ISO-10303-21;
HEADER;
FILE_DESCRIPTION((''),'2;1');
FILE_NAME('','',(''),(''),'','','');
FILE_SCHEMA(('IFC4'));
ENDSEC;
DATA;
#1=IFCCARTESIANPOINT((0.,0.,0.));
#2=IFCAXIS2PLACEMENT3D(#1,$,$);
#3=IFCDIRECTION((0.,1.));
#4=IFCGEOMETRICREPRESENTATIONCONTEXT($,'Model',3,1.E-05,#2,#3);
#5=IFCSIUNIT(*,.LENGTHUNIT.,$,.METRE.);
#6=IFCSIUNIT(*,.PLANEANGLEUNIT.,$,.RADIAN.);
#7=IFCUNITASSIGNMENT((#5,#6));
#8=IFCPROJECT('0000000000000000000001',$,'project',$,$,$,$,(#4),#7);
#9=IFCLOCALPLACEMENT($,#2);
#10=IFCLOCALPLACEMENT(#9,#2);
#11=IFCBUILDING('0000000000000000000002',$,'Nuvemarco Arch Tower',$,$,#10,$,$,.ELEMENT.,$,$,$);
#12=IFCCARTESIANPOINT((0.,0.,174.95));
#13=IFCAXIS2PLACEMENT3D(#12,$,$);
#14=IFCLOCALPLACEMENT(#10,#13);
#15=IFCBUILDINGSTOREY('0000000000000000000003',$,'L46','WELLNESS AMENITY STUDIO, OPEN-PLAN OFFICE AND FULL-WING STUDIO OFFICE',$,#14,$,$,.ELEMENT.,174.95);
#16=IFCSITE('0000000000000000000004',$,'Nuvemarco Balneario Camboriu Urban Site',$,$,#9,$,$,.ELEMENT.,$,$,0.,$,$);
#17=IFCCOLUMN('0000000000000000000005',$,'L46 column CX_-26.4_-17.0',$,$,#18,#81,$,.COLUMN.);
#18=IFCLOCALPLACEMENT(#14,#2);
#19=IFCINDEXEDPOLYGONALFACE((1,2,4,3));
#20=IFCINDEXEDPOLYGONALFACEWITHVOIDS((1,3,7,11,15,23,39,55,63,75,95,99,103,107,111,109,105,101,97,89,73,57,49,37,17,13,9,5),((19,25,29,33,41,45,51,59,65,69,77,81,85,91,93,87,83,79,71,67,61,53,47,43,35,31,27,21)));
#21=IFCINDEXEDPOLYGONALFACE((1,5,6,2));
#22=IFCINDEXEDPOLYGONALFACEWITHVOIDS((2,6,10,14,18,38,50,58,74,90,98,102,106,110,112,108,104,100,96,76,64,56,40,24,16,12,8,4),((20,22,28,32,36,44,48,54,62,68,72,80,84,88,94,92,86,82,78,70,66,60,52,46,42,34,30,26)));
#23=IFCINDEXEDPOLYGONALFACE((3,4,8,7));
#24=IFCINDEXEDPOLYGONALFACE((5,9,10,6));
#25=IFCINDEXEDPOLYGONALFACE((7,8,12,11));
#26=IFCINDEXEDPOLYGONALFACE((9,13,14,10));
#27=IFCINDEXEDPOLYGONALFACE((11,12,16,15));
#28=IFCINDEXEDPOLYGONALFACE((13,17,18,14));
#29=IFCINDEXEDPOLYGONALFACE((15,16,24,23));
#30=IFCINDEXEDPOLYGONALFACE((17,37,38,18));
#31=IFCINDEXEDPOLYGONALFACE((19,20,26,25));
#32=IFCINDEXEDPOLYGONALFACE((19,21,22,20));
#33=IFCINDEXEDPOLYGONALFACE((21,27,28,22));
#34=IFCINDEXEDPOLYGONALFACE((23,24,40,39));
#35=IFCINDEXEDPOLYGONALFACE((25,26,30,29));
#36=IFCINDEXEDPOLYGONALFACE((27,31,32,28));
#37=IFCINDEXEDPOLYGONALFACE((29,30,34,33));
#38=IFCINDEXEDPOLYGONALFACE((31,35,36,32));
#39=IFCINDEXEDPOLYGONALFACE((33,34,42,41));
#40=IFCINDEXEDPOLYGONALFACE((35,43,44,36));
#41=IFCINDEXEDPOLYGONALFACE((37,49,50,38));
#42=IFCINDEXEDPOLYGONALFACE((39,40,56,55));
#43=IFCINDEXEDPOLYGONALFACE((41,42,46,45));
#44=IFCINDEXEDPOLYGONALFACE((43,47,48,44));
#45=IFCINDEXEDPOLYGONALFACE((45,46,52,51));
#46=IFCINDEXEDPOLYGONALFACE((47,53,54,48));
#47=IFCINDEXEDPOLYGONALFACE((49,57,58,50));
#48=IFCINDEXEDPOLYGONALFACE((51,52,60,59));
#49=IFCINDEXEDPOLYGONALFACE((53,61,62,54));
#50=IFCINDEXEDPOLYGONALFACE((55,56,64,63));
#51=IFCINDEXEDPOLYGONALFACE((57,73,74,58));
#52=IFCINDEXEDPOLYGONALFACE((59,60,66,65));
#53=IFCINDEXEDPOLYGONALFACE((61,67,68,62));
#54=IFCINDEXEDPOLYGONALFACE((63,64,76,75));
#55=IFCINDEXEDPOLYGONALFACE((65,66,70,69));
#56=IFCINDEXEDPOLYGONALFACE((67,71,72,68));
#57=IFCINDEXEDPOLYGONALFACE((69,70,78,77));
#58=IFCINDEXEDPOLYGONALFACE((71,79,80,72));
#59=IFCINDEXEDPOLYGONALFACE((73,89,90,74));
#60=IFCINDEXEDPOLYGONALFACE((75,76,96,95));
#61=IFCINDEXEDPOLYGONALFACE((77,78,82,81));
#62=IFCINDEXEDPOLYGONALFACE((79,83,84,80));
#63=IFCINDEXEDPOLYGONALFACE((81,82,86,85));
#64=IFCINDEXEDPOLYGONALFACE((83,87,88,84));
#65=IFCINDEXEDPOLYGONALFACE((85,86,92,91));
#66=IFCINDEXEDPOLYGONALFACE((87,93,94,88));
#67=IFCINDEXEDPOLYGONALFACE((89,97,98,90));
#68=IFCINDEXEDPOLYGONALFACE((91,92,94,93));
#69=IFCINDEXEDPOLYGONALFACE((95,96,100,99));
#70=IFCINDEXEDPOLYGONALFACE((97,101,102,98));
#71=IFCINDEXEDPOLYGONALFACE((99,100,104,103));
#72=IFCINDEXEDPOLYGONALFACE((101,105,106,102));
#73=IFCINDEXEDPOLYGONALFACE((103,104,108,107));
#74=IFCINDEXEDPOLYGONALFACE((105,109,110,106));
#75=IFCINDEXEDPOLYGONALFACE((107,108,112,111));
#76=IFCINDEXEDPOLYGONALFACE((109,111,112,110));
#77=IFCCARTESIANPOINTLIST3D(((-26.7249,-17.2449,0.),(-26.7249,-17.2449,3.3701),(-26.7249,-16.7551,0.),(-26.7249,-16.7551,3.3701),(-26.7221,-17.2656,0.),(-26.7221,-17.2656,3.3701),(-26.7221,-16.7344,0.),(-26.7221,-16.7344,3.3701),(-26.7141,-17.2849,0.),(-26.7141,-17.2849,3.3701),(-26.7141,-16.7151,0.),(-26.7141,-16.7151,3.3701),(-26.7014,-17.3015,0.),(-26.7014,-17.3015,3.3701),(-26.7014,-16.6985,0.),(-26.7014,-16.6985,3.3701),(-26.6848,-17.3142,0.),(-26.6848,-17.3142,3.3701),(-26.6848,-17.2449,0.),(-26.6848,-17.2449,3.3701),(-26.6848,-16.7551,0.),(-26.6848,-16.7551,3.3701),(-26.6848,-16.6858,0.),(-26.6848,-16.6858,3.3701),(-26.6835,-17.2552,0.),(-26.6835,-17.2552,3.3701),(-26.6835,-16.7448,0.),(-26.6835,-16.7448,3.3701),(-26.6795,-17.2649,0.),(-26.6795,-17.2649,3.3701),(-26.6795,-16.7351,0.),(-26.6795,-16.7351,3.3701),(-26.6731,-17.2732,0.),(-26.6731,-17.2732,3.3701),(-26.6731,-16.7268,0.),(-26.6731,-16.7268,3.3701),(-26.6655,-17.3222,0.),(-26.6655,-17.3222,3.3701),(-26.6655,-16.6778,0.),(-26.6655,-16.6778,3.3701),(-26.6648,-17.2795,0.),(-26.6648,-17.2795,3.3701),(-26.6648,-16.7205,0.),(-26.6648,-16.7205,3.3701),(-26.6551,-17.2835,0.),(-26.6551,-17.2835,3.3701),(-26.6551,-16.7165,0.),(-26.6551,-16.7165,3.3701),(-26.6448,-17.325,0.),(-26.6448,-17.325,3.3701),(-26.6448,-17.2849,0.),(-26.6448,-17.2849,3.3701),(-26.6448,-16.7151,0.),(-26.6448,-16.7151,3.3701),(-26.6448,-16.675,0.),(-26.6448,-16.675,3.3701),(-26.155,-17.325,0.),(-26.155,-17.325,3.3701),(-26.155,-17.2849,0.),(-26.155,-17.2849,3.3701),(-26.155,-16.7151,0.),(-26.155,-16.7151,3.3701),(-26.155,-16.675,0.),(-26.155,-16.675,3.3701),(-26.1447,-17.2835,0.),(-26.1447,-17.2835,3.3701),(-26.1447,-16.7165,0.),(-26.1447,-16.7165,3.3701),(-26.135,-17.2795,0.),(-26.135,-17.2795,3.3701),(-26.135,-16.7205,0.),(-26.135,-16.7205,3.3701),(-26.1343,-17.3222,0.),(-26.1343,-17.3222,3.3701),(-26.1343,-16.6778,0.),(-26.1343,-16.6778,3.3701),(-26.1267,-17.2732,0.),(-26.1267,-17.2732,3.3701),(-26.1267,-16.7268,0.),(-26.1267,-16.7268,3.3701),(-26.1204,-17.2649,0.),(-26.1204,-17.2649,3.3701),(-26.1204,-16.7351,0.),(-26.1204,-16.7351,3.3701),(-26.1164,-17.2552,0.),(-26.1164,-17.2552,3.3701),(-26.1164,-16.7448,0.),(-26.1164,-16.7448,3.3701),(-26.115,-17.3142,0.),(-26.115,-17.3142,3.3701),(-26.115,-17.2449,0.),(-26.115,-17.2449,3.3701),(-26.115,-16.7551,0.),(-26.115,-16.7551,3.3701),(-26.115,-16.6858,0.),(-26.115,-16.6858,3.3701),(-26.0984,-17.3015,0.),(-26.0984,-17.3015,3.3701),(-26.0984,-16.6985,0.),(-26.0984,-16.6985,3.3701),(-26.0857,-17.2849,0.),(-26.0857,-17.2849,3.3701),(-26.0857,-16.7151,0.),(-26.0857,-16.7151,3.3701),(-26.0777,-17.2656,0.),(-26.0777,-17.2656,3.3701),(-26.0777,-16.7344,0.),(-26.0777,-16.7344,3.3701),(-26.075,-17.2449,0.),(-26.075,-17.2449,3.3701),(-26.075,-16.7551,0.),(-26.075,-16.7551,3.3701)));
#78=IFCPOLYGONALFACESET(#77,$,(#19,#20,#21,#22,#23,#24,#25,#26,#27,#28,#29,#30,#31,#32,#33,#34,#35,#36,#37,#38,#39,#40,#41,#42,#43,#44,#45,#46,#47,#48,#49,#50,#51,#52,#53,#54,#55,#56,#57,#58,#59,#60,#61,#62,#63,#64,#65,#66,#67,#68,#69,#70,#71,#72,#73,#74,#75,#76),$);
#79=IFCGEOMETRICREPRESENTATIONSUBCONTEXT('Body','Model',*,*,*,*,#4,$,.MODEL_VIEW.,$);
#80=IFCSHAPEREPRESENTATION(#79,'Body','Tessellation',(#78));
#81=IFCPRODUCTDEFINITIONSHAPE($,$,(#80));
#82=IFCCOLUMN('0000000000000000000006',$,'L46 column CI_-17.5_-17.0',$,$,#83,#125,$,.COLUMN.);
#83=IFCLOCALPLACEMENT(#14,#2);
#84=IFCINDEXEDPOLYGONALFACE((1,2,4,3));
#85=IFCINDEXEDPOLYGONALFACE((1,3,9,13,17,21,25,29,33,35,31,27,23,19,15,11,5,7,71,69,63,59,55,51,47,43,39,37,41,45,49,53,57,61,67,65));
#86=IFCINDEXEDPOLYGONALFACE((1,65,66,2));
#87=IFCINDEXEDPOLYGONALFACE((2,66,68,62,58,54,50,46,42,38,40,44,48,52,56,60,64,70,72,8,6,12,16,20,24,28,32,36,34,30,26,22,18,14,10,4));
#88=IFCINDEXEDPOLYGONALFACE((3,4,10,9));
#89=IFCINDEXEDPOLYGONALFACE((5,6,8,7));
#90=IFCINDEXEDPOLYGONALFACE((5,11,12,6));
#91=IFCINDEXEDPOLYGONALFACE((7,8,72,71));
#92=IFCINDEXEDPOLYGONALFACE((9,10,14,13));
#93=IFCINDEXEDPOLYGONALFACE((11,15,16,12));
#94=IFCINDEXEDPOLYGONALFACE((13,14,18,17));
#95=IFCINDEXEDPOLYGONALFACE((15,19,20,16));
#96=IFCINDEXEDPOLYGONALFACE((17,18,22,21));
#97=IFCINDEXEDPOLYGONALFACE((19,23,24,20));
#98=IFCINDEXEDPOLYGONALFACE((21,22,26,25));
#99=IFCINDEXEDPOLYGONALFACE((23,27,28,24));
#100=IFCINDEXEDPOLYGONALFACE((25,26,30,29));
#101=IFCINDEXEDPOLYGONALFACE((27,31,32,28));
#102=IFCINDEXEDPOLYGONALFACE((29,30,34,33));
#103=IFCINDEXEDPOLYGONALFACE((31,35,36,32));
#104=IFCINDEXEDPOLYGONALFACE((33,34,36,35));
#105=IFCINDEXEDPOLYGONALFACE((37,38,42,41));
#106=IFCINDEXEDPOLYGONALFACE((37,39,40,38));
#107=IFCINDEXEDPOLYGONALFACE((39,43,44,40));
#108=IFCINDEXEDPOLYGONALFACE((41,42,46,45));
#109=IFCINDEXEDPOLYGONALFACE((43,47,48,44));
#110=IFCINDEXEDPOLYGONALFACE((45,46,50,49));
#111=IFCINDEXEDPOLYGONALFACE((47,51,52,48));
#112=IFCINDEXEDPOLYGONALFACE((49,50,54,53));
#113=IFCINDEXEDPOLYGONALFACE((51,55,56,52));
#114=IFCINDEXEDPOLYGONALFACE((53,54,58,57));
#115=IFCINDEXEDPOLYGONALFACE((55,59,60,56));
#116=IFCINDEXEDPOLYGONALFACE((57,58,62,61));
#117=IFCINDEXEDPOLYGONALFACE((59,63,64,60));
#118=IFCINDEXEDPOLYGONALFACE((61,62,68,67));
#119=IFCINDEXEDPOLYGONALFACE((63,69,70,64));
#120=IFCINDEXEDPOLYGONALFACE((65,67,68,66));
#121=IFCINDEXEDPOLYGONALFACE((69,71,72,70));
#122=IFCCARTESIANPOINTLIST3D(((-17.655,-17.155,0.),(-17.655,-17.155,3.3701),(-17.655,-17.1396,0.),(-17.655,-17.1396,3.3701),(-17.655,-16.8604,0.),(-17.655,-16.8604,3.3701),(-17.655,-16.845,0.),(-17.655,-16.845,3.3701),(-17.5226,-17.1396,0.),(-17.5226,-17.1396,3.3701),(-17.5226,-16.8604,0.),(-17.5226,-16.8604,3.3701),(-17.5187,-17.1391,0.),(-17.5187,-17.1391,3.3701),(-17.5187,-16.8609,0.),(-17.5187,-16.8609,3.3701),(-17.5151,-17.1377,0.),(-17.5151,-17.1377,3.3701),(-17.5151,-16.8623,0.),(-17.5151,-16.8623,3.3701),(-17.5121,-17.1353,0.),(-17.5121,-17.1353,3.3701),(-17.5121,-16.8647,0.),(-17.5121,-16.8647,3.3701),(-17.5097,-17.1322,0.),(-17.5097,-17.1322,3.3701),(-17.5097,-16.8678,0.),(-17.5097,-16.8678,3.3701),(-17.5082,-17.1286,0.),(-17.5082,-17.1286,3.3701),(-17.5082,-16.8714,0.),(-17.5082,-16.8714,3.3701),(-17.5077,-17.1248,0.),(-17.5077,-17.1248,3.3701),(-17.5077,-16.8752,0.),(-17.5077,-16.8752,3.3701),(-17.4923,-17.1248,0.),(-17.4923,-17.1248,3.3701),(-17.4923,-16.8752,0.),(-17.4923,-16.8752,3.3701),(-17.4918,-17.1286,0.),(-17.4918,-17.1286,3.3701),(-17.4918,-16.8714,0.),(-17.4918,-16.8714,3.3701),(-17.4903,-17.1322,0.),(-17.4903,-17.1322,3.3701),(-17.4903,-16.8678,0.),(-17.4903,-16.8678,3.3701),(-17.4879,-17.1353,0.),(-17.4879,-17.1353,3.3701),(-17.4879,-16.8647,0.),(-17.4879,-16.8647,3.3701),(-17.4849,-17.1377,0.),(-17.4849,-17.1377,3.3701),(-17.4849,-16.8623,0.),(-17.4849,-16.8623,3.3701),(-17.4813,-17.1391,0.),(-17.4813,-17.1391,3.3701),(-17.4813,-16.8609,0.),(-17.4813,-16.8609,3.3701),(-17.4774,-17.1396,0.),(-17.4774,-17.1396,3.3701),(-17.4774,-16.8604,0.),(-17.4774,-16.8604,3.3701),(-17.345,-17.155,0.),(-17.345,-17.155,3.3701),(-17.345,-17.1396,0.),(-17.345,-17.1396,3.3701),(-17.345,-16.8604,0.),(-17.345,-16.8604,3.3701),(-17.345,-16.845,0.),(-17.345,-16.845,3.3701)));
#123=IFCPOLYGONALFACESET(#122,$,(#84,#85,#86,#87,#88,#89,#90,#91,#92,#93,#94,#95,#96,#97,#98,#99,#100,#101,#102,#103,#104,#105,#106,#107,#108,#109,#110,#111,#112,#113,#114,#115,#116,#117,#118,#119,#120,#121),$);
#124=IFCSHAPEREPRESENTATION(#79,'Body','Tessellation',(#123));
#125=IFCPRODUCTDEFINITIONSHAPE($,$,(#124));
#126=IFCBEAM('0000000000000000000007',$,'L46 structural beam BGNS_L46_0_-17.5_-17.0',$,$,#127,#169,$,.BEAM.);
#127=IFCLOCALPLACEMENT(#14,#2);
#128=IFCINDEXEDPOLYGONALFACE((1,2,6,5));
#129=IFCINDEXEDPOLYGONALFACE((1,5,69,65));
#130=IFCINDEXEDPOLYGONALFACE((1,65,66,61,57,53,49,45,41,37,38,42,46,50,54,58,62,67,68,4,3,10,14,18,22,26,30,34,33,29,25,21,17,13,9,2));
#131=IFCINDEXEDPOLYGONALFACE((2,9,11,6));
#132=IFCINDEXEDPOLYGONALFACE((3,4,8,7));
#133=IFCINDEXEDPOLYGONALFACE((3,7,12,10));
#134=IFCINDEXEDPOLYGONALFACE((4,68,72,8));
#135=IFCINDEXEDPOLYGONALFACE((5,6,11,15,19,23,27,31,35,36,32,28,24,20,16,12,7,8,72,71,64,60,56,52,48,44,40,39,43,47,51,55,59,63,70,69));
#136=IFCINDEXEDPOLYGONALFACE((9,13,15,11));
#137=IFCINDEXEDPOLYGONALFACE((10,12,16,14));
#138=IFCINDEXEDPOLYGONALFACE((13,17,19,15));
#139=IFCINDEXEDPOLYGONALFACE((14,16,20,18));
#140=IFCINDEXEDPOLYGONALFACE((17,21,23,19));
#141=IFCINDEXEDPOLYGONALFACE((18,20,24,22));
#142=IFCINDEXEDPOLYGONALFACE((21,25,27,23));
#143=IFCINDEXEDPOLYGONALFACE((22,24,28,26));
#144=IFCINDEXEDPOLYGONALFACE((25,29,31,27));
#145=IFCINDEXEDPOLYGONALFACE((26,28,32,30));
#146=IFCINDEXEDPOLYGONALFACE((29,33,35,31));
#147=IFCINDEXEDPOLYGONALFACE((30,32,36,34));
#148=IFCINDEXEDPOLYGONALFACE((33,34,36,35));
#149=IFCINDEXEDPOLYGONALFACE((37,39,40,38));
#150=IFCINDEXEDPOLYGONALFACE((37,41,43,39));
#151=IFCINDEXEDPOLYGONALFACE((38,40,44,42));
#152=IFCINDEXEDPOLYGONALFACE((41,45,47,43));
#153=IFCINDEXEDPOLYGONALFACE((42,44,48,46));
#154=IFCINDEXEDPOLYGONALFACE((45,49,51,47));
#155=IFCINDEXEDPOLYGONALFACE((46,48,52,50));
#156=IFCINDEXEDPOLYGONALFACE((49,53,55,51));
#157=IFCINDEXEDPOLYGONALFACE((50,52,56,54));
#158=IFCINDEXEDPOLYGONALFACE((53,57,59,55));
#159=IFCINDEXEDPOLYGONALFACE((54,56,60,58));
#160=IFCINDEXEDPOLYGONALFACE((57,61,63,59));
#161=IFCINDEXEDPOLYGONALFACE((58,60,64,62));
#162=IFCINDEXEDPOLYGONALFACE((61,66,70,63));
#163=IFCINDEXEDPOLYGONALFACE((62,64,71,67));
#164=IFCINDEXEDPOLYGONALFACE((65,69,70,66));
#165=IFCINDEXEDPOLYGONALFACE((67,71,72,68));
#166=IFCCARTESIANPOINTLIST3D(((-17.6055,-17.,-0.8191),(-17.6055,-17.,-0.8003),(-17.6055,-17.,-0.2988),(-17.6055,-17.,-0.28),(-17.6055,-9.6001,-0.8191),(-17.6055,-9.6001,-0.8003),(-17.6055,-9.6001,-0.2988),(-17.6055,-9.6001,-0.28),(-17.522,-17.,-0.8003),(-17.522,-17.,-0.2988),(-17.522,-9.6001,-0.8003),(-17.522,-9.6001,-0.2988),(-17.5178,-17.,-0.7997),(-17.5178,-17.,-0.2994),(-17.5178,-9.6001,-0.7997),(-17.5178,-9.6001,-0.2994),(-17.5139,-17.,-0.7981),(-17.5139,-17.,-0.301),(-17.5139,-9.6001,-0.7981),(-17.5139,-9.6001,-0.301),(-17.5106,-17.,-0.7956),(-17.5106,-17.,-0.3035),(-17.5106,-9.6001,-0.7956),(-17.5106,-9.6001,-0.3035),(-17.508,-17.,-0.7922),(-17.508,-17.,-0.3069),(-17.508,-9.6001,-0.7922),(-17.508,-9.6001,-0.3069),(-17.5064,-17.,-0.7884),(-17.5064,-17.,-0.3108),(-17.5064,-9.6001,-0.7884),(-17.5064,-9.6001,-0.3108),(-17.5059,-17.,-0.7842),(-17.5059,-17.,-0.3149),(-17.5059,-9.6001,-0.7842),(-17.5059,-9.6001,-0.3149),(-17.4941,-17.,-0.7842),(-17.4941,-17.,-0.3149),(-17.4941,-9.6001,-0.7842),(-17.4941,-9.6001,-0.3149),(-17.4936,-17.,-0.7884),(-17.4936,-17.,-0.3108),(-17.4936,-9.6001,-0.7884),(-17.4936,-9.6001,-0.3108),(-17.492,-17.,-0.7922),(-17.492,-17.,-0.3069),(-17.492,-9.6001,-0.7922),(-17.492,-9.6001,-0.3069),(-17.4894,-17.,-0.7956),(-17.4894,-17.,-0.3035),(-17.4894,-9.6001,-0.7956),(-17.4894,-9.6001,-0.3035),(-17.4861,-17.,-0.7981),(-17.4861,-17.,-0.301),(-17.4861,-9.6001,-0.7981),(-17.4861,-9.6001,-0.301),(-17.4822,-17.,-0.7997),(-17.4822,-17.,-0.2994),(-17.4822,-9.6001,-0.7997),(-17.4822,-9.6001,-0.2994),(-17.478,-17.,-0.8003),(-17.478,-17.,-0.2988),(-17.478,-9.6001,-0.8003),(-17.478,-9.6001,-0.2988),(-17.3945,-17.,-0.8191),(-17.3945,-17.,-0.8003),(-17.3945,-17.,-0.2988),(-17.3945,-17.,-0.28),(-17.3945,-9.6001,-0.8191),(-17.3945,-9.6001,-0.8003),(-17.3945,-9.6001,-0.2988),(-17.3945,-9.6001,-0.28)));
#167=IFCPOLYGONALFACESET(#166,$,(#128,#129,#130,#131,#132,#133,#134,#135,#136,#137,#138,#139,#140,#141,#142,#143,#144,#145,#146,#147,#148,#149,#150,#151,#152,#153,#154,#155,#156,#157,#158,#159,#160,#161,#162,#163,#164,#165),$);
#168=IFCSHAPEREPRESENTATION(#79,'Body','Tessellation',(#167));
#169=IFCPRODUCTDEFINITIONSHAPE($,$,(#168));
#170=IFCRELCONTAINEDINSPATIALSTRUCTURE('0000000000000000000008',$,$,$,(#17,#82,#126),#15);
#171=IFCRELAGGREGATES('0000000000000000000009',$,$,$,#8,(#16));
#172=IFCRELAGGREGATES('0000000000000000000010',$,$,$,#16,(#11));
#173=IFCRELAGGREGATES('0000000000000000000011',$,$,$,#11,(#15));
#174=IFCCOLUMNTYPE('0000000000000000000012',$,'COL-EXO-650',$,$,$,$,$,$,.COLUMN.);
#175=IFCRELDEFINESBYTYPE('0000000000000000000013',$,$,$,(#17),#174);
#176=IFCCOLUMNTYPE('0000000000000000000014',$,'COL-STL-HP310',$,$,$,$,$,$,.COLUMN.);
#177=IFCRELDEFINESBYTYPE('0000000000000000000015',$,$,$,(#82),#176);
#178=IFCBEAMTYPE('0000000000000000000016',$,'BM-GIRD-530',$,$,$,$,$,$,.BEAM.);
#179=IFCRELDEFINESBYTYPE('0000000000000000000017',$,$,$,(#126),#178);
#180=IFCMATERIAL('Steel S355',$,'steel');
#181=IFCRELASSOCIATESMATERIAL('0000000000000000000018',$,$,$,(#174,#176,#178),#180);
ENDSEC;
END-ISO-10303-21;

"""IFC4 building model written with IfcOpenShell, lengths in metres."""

from ifc_helpers import new_model, si_unit, direction, frame, origin, origin_2d, place, context, subcontext, project, spatial, hollow_rectangle, i_section, extrude, material, material_profile, profile_set, type_object, element, save


model = new_model("IFC4")

# Units and contexts
model_context = context("Model", 3, precision=1e-05, world=origin(), true_north=direction((0.0, 1.0)))
body_context = subcontext(model_context, "Body", "Model", "MODEL_VIEW")
ifc_project = project(units=[si_unit("LENGTHUNIT", "METRE"), si_unit("PLANEANGLEUNIT", "RADIAN")], contexts=[model_context])

# Site, building, storey
site_placement = place(None, origin())
site = spatial("IfcSite", under=ifc_project, at=site_placement, Name="Nuvemarco Balneario Camboriu Urban Site", CompositionType="ELEMENT", RefElevation=0.0)
building_placement = place(site_placement, origin())
building = spatial("IfcBuilding", under=site, at=building_placement, Name="Nuvemarco Arch Tower", CompositionType="ELEMENT")
storey_placement = place(building_placement, frame((0.0, 0.0, 174.95)))
storey = spatial("IfcBuildingStorey", under=building, at=storey_placement, Name="L46", Description="WELLNESS AMENITY STUDIO, OPEN-PLAN OFFICE AND FULL-WING STUDIO OFFICE", CompositionType="ELEMENT", Elevation=174.95)

# Columns
ifc_material_1 = material(Name="Steel S355", Category="steel")
ifc_material_profile_1 = material_profile(ifc_material_1, hollow_rectangle(XDim=0.6499, YDim=0.6499, WallThickness=0.04, InnerFilletRadius=0.04, OuterFilletRadius=0.0801, at=origin_2d()), Name="SHS650x650x40")
ifc_profile_set_1 = profile_set([ifc_material_profile_1], Name="Steel S355")
column_type_1 = type_object("IfcColumnType", Name="COL-EXO-650", PredefinedType="COLUMN", material=ifc_profile_set_1)
column_1_placement = place(storey_placement, frame((-26.3999, -17.0, 0.0), z_axis=(0.0, 0.0, 1.0), x_axis=(1.0, 0.0, 0.0)))
element("IfcColumn", 1, at=column_1_placement, inside=storey, type_object=column_type_1, Name="L46 column CX_-26.4_-17.0", PredefinedType="COLUMN", context=body_context, shape_type="SweptSolid", body=[
    extrude(hollow_rectangle(XDim=0.6499, YDim=0.6499, WallThickness=0.04, InnerFilletRadius=0.04, OuterFilletRadius=0.0801, at=origin_2d()), origin(), (0.0, 0.0, 1.0), 3.3701),
])
ifc_material_profile_2 = material_profile(ifc_material_1, i_section(OverallWidth=0.3101, OverallDepth=0.3101, WebThickness=0.0154, FlangeThickness=0.0154, FilletRadius=0.0149, at=origin_2d()), Name="HP310x110")
ifc_profile_set_2 = profile_set([ifc_material_profile_2], Name="Steel S355")
column_type_2 = type_object("IfcColumnType", Name="COL-STL-HP310", PredefinedType="COLUMN", material=ifc_profile_set_2)
column_2_placement = place(storey_placement, frame((-17.5, -17.0, 0.0), z_axis=(0.0, 0.0, 1.0), x_axis=(1.0, 0.0, 0.0)))
element("IfcColumn", 2, at=column_2_placement, inside=storey, type_object=column_type_2, Name="L46 column CI_-17.5_-17.0", PredefinedType="COLUMN", context=body_context, shape_type="SweptSolid", body=[
    extrude(i_section(OverallWidth=0.3101, OverallDepth=0.3101, WebThickness=0.0154, FlangeThickness=0.0154, FilletRadius=0.0149, at=origin_2d()), origin(), (0.0, 0.0, 1.0), 3.3701),
])

# Beam
ifc_material_profile_3 = material_profile(ifc_material_1, i_section(OverallWidth=0.2109, OverallDepth=0.5391, WebThickness=0.0117, FlangeThickness=0.0188, FilletRadius=0.0161, at=origin_2d()), Name="W530x109")
ifc_profile_set_3 = profile_set([ifc_material_profile_3], Name="Steel S355")
beam_type_1 = type_object("IfcBeamType", Name="BM-GIRD-530", PredefinedType="BEAM", material=ifc_profile_set_3)
beam_1_placement = place(storey_placement, frame((-17.5, -17.0, -0.5496), z_axis=(0.0, 1.0, 0.0), x_axis=(-1.0, 0.0, 0.0)))
element("IfcBeam", 3, at=beam_1_placement, inside=storey, type_object=beam_type_1, Name="L46 structural beam BGNS_L46_0_-17.5_-17.0", PredefinedType="BEAM", context=body_context, shape_type="SweptSolid", body=[
    extrude(i_section(OverallWidth=0.2109, OverallDepth=0.5391, WebThickness=0.0117, FlangeThickness=0.0188, FilletRadius=0.0161, at=origin_2d()), origin(), (0.0, 0.0, 1.0), 7.3999),
])

save(model, "model.ifc")
